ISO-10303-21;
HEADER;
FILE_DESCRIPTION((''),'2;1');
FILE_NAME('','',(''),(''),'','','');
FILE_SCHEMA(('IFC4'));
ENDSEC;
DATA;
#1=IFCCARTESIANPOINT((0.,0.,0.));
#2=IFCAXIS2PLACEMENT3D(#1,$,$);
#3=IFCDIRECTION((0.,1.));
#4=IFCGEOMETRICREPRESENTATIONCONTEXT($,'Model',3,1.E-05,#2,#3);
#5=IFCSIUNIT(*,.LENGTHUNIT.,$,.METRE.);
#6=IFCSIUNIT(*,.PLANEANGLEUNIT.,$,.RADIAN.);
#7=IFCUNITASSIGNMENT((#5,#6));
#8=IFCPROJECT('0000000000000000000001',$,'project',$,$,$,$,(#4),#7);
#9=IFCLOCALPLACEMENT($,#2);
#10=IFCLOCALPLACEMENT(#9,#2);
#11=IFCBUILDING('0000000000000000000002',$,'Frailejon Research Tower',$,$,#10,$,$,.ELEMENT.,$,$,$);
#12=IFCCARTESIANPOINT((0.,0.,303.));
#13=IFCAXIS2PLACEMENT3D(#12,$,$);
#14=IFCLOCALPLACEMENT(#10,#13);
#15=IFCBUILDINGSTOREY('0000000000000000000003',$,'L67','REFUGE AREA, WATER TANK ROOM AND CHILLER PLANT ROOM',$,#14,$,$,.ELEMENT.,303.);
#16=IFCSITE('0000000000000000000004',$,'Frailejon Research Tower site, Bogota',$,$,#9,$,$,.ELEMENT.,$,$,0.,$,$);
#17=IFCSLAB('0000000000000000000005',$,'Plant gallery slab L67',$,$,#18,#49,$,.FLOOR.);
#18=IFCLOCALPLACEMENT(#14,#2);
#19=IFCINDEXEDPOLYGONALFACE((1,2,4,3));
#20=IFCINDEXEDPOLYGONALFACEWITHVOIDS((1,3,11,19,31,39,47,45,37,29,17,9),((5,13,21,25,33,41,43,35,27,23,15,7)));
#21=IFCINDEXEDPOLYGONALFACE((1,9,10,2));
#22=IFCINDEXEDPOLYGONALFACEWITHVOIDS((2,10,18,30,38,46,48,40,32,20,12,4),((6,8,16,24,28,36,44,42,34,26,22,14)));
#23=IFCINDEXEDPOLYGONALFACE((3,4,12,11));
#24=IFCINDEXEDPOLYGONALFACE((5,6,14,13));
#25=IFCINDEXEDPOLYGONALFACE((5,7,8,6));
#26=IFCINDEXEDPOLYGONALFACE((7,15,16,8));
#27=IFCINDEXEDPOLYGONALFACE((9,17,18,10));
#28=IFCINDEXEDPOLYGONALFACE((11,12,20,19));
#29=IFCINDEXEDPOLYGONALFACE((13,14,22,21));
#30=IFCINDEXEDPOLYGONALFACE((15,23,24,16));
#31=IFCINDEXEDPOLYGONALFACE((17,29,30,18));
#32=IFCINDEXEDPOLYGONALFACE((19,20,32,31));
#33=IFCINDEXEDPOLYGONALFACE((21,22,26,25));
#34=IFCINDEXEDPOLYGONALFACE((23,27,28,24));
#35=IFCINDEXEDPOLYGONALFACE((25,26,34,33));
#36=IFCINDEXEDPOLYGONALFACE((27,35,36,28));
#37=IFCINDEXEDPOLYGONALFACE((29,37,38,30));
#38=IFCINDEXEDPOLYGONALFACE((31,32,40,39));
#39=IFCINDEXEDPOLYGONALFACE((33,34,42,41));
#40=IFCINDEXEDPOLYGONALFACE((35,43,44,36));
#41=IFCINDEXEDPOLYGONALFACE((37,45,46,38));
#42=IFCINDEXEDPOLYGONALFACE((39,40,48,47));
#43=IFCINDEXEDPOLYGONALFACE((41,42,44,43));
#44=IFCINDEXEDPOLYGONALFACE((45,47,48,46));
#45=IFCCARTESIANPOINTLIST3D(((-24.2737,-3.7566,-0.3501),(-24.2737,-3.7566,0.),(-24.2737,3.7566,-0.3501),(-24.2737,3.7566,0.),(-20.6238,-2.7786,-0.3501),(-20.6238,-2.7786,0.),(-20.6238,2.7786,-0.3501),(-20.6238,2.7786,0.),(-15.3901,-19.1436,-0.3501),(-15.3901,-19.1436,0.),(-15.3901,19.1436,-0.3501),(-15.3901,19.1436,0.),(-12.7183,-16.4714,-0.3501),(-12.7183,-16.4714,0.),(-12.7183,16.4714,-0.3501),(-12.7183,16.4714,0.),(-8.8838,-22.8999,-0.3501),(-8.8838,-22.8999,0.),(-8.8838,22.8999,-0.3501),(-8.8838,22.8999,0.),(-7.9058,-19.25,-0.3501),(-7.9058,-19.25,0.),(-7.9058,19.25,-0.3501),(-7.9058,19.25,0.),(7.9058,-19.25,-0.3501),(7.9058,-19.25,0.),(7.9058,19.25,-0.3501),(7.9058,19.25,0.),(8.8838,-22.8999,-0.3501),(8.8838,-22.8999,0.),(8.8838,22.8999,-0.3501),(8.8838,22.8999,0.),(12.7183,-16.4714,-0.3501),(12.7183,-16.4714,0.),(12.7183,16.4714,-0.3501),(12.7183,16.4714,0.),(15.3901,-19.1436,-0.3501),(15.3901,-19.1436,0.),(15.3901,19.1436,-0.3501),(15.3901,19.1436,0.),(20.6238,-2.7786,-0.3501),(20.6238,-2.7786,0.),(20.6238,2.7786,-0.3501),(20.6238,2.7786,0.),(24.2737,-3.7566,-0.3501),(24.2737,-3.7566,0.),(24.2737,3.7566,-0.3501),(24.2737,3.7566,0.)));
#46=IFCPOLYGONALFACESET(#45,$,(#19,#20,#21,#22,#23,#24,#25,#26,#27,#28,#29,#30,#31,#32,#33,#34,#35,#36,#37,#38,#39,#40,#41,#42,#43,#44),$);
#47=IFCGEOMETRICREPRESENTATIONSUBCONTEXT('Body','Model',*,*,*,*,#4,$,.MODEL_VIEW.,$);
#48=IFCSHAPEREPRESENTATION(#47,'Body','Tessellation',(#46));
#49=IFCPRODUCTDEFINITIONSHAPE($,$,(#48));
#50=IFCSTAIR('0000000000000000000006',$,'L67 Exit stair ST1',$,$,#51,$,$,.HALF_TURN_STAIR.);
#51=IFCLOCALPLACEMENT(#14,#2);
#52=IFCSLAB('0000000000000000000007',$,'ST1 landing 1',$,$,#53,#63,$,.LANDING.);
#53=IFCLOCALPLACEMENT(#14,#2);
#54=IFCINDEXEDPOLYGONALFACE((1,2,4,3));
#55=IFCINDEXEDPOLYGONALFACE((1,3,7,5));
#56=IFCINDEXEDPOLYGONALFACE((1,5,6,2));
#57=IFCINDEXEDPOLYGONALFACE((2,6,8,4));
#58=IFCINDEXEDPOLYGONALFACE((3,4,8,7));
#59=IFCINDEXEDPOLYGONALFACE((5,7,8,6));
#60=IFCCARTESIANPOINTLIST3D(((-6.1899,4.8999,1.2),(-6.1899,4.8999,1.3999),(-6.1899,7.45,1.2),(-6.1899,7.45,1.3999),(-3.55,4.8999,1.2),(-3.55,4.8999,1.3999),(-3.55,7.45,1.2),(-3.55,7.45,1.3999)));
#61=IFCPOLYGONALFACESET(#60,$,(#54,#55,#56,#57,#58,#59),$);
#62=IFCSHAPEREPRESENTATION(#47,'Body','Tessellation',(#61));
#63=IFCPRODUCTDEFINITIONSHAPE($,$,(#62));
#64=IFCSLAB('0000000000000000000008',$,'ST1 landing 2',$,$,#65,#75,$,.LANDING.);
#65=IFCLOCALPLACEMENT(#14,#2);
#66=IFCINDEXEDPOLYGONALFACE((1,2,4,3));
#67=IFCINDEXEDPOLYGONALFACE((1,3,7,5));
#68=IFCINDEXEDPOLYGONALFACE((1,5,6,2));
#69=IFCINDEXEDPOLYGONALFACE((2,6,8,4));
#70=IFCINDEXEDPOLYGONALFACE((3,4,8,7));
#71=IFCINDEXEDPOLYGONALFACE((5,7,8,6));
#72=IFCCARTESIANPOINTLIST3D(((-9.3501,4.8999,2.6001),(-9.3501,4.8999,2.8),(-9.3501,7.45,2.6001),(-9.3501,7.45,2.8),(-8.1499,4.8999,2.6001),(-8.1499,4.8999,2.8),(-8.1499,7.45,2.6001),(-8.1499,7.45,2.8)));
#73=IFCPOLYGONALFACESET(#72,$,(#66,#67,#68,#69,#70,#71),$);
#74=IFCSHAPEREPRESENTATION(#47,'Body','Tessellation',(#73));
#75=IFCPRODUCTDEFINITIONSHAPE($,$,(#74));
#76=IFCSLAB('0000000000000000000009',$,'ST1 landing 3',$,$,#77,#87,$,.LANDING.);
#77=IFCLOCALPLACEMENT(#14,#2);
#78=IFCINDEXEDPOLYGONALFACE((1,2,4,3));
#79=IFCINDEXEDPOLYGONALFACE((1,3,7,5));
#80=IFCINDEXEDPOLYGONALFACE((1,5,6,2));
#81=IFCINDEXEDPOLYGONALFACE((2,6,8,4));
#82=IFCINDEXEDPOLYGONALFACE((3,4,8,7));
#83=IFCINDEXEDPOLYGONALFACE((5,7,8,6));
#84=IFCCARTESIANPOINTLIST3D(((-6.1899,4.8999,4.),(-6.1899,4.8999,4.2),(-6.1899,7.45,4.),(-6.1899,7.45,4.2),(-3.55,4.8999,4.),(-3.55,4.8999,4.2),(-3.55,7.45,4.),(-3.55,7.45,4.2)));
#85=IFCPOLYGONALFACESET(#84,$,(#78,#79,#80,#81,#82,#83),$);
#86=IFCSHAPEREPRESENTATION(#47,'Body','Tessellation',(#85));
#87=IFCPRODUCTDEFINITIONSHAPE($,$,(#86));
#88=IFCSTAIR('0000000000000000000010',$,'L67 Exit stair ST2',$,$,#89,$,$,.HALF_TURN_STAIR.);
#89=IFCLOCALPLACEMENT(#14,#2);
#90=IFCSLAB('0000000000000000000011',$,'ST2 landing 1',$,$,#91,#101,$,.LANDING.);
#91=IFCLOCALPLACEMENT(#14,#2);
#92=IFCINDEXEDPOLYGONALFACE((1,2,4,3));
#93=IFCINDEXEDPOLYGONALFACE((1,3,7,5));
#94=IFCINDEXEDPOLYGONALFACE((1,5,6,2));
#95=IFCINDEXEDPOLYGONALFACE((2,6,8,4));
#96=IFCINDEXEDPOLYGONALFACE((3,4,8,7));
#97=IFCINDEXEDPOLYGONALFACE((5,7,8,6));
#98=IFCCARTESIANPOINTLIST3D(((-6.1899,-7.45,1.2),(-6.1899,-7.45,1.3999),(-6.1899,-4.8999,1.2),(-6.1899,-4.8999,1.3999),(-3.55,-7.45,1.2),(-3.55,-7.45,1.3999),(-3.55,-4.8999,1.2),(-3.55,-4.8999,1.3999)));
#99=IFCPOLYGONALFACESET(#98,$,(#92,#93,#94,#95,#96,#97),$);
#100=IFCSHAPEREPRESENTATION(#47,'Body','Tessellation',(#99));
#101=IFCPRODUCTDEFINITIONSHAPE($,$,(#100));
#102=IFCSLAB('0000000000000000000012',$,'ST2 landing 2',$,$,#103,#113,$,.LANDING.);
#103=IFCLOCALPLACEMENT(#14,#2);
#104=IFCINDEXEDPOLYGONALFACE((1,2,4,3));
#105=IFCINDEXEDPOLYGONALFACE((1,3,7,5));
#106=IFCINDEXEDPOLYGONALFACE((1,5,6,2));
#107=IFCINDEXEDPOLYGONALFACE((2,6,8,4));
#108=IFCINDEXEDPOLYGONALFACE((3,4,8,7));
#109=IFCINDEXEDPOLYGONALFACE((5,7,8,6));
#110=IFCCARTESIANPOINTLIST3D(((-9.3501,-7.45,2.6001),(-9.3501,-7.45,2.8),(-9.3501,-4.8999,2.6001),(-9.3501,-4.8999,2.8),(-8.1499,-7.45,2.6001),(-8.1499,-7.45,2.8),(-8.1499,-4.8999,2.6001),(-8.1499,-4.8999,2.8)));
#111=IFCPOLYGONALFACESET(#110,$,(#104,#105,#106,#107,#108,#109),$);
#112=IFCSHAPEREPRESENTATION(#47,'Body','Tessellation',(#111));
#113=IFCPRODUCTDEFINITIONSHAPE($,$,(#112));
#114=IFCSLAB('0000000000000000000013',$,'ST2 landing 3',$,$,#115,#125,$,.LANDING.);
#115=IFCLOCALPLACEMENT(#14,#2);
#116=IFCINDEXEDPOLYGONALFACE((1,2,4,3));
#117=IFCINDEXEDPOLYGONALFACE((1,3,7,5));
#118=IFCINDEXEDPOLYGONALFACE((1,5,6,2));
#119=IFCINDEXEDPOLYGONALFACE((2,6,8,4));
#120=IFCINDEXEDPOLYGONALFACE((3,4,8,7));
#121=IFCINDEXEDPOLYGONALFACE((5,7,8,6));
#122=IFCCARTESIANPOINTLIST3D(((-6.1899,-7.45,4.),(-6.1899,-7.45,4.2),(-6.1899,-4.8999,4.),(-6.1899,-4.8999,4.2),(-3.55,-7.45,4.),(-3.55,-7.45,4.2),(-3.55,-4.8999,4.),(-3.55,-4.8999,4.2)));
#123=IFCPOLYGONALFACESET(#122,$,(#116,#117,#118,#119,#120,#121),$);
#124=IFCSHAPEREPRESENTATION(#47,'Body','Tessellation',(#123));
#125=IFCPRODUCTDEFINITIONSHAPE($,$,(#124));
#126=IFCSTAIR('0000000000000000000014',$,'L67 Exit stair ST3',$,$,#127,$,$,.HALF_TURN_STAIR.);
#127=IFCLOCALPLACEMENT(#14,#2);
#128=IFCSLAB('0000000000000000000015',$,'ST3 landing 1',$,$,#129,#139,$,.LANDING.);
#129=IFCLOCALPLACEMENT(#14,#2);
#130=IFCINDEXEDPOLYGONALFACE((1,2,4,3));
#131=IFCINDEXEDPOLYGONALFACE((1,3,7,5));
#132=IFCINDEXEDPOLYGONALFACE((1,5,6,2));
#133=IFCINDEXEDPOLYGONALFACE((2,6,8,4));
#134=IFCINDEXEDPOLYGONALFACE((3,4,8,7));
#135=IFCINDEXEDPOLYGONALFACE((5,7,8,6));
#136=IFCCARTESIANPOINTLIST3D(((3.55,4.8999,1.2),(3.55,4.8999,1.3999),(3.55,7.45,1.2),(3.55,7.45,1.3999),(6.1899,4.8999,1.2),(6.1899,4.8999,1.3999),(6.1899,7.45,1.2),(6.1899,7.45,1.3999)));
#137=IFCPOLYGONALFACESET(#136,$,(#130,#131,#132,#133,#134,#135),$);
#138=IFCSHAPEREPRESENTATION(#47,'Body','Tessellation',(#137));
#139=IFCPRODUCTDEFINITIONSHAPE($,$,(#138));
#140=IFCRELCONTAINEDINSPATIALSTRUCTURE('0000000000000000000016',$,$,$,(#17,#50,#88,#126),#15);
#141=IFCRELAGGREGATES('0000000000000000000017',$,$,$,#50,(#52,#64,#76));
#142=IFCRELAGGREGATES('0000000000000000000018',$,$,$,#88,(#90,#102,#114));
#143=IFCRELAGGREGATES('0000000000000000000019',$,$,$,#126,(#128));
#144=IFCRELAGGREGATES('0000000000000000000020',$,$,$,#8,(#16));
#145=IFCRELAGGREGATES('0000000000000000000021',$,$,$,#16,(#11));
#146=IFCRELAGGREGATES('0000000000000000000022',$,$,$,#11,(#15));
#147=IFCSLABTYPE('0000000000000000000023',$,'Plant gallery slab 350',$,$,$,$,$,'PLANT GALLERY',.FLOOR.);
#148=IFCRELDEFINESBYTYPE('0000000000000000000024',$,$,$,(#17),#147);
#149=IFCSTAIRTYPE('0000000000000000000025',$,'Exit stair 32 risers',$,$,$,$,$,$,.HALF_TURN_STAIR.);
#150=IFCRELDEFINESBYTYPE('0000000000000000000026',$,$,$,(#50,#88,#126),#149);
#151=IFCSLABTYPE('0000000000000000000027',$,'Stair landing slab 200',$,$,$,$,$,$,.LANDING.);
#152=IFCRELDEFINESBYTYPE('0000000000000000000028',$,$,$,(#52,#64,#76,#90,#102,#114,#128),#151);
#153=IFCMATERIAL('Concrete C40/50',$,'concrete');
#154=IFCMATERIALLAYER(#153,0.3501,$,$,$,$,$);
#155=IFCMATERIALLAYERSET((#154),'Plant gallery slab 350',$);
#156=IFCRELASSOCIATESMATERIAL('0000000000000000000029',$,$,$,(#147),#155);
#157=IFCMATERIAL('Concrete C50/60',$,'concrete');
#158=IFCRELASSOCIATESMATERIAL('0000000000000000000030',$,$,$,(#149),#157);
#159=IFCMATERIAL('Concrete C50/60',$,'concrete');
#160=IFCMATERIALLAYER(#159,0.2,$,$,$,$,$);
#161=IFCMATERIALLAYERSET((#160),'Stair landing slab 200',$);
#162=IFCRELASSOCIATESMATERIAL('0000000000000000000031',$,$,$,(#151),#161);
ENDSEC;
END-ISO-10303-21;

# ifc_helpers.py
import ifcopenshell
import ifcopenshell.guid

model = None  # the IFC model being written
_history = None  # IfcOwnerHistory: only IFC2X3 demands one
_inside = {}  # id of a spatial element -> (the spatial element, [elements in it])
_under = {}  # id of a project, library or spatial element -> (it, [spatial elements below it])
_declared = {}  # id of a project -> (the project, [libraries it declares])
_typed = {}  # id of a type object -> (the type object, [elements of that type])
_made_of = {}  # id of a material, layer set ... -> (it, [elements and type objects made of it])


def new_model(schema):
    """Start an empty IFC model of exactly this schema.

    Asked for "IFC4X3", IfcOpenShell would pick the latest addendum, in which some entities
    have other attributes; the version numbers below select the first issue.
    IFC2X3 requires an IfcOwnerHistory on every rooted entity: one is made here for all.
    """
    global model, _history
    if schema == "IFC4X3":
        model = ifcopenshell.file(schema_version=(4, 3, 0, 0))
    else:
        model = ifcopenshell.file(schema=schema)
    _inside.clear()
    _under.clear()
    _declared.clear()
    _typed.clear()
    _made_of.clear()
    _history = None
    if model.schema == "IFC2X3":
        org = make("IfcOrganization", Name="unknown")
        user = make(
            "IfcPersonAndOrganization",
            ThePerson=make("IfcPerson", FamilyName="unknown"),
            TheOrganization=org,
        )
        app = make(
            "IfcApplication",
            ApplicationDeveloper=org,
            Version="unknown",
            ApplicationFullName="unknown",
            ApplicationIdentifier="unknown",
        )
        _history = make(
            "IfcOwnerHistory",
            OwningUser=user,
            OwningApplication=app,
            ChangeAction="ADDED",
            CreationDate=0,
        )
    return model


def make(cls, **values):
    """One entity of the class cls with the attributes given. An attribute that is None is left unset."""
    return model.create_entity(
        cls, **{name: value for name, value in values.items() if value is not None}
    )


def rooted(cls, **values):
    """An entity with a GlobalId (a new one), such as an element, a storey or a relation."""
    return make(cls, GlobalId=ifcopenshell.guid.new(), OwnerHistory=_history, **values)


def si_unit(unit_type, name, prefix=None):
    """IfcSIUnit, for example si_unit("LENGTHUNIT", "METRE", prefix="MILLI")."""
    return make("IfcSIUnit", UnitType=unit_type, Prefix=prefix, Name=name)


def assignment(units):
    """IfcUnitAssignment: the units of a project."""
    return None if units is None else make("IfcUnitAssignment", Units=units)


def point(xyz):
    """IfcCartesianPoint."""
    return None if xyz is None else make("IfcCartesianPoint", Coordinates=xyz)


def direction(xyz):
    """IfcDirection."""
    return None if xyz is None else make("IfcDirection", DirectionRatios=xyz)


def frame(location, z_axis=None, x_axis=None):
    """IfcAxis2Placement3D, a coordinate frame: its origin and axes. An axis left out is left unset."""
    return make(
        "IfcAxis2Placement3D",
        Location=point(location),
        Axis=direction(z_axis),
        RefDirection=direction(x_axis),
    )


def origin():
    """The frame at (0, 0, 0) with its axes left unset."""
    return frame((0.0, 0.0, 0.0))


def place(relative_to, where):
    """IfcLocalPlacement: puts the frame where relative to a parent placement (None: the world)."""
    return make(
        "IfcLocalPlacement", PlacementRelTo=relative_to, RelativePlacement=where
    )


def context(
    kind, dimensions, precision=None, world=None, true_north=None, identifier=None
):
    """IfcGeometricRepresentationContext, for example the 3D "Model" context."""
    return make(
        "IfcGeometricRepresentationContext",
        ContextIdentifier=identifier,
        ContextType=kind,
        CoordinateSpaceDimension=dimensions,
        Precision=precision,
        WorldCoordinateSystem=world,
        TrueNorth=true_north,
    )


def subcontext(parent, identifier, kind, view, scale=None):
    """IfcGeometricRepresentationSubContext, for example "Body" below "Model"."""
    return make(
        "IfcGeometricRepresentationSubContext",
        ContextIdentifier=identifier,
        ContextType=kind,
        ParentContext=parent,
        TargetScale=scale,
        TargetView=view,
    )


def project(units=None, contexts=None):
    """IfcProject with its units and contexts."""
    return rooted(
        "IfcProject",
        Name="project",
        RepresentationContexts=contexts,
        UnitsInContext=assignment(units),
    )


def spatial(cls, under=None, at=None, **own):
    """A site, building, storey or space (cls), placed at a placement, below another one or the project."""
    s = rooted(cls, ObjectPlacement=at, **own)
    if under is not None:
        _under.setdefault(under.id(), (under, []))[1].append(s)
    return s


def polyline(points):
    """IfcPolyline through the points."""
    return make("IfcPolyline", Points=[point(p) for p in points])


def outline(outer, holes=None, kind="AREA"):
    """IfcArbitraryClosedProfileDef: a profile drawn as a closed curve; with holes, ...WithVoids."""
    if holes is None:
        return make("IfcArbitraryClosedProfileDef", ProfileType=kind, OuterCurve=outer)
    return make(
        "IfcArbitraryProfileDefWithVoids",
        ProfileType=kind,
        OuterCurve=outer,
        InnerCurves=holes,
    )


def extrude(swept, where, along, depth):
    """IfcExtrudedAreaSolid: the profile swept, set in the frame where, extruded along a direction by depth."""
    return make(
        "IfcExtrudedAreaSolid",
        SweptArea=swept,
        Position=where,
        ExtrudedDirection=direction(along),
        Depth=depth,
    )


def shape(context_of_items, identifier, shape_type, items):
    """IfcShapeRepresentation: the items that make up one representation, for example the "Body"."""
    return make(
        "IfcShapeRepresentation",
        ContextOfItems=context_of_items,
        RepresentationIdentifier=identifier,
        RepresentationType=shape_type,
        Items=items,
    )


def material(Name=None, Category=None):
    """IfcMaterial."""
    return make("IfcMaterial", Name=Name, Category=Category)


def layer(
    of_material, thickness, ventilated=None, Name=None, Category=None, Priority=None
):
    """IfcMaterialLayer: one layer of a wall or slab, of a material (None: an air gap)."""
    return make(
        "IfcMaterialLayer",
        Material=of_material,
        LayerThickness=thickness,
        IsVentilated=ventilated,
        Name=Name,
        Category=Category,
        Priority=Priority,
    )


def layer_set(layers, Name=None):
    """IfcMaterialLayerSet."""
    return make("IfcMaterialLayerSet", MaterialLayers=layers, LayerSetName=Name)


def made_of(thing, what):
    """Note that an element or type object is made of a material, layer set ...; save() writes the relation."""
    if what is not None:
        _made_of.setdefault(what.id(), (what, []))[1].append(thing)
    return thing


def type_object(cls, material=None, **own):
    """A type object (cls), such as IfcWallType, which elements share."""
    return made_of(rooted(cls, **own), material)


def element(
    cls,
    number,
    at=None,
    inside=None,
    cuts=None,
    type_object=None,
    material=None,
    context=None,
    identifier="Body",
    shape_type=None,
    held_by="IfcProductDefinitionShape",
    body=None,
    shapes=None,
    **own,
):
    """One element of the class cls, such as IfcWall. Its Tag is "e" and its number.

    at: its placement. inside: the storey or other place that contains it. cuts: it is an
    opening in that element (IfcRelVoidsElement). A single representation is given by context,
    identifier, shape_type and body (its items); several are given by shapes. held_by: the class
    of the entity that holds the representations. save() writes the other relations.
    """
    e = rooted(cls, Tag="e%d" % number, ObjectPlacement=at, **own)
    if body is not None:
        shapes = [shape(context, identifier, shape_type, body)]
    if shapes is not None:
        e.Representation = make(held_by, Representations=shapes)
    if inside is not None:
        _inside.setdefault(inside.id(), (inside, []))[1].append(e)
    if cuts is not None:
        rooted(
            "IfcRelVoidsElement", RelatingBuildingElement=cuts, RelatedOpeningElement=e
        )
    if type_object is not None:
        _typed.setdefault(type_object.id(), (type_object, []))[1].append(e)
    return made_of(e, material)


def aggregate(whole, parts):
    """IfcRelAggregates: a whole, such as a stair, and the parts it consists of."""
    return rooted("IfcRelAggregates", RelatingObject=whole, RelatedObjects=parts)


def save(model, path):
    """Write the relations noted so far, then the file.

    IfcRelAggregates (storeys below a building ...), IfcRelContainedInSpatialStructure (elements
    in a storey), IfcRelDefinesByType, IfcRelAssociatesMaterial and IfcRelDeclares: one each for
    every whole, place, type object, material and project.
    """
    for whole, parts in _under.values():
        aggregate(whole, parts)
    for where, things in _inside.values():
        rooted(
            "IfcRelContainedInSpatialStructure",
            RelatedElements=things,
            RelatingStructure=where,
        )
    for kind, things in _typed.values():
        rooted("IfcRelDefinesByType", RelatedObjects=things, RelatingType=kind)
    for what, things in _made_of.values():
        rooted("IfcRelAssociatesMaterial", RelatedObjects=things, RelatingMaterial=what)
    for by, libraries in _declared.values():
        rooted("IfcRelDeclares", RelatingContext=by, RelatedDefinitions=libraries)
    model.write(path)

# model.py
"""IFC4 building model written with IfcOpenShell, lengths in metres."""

from ifc_helpers import new_model, si_unit, direction, frame, origin, place, context, subcontext, project, spatial, polyline, outline, extrude, material, layer, layer_set, type_object, element, aggregate, save


model = new_model("IFC4")

# Units and contexts
model_context = context("Model", 3, precision=1e-05, world=origin(), true_north=direction((0.0, 1.0)))
body_context = subcontext(model_context, "Body", "Model", "MODEL_VIEW")
ifc_project = project(units=[si_unit("LENGTHUNIT", "METRE"), si_unit("PLANEANGLEUNIT", "RADIAN")], contexts=[model_context])

# Site, building, storey
site_placement = place(None, origin())
site = spatial("IfcSite", under=ifc_project, at=site_placement, Name="Frailejon Research Tower site, Bogota", CompositionType="ELEMENT", RefElevation=0.0)
building_placement = place(site_placement, origin())
building = spatial("IfcBuilding", under=site, at=building_placement, Name="Frailejon Research Tower", CompositionType="ELEMENT")
storey_placement = place(building_placement, frame((0.0, 0.0, 303.0)))
storey = spatial("IfcBuildingStorey", under=building, at=storey_placement, Name="L67", Description="REFUGE AREA, WATER TANK ROOM AND CHILLER PLANT ROOM", CompositionType="ELEMENT", Elevation=303.0)

# Slab
ifc_material_1 = material(Name="Concrete C40/50", Category="concrete")
ifc_layer_1 = layer(ifc_material_1, 0.3501)
ifc_layer_set_1 = layer_set([ifc_layer_1], Name="Plant gallery slab 350")
slab_type_1 = type_object("IfcSlabType", Name="Plant gallery slab 350", ElementType="PLANT GALLERY", PredefinedType="FLOOR", material=ifc_layer_set_1)
slab_1_placement = place(storey_placement, frame((0.0, 0.0, -0.3501)))
element("IfcSlab", 1, at=slab_1_placement, inside=storey, type_object=slab_type_1, Name="Plant gallery slab L67", PredefinedType="FLOOR", context=body_context, shape_type="SweptSolid", body=[
    extrude(outline(polyline([(15.3901, -19.1436), (8.8838, -22.8999), (-8.8838, -22.8999), (-15.3901, -19.1436), (-24.2737, -3.7566), (-24.2737, 3.7566), (-15.3901, 19.1436), (-8.8838, 22.8999), (8.8838, 22.8999), (15.3901, 19.1436), (24.2737, 3.7566), (24.2737, -3.7566), (15.3901, -19.1436)]), holes=[polyline([(20.6238, 2.7786), (12.7183, 16.4714), (7.9058, 19.25), (-7.9058, 19.25), (-12.7183, 16.4714), (-20.6238, 2.7786), (-20.6238, -2.7786), (-12.7183, -16.4714), (-7.9058, -19.25), (7.9058, -19.25), (12.7183, -16.4714), (20.6238, -2.7786), (20.6238, 2.7786)])]), origin(), (0.0, 0.0, 1.0), 0.3501),
])

# Stairs, slabs
ifc_material_2 = material(Name="Concrete C50/60", Category="concrete")
stair_type = type_object("IfcStairType", Name="Exit stair 32 risers", PredefinedType="HALF_TURN_STAIR", material=ifc_material_2)
stair_1_placement = place(storey_placement, origin())
stair_1 = element("IfcStair", 2, at=stair_1_placement, inside=storey, type_object=stair_type, Name="L67 Exit stair ST1", PredefinedType="HALF_TURN_STAIR")
ifc_material_3 = material(Name="Concrete C50/60", Category="concrete")
ifc_layer_2 = layer(ifc_material_3, 0.2)
ifc_layer_set_2 = layer_set([ifc_layer_2], Name="Stair landing slab 200")
slab_type_2 = type_object("IfcSlabType", Name="Stair landing slab 200", PredefinedType="LANDING", material=ifc_layer_set_2)
slab_2_placement = place(storey_placement, frame((0.0, 0.0, 1.2)))
slab_2 = element("IfcSlab", 3, at=slab_2_placement, type_object=slab_type_2, Name="ST1 landing 1", PredefinedType="LANDING", context=body_context, shape_type="SweptSolid", body=[
    extrude(outline(polyline([(-6.1899, 4.8999), (-3.55, 4.8999), (-3.55, 7.45), (-6.1899, 7.45), (-6.1899, 4.8999)])), origin(), (0.0, 0.0, 1.0), 0.2),
])
slab_3_placement = place(storey_placement, frame((0.0, 0.0, 2.6001)))
slab_3 = element("IfcSlab", 4, at=slab_3_placement, type_object=slab_type_2, Name="ST1 landing 2", PredefinedType="LANDING", context=body_context, shape_type="SweptSolid", body=[
    extrude(outline(polyline([(-9.3501, 4.8999), (-8.1499, 4.8999), (-8.1499, 7.45), (-9.3501, 7.45), (-9.3501, 4.8999)])), origin(), (0.0, 0.0, 1.0), 0.2),
])
slab_4_placement = place(storey_placement, frame((0.0, 0.0, 4.0)))
slab_4 = element("IfcSlab", 5, at=slab_4_placement, type_object=slab_type_2, Name="ST1 landing 3", PredefinedType="LANDING", context=body_context, shape_type="SweptSolid", body=[
    extrude(outline(polyline([(-6.1899, 4.8999), (-3.55, 4.8999), (-3.55, 7.45), (-6.1899, 7.45), (-6.1899, 4.8999)])), origin(), (0.0, 0.0, 1.0), 0.2),
])
aggregate(stair_1, [slab_2, slab_3, slab_4])
stair_2_placement = place(storey_placement, origin())
stair_2 = element("IfcStair", 6, at=stair_2_placement, inside=storey, type_object=stair_type, Name="L67 Exit stair ST2", PredefinedType="HALF_TURN_STAIR")
slab_5_placement = place(storey_placement, frame((0.0, 0.0, 1.2)))
slab_5 = element("IfcSlab", 7, at=slab_5_placement, type_object=slab_type_2, Name="ST2 landing 1", PredefinedType="LANDING", context=body_context, shape_type="SweptSolid", body=[
    extrude(outline(polyline([(-6.1899, -7.45), (-3.55, -7.45), (-3.55, -4.8999), (-6.1899, -4.8999), (-6.1899, -7.45)])), origin(), (0.0, 0.0, 1.0), 0.2),
])
slab_6_placement = place(storey_placement, frame((0.0, 0.0, 2.6001)))
slab_6 = element("IfcSlab", 8, at=slab_6_placement, type_object=slab_type_2, Name="ST2 landing 2", PredefinedType="LANDING", context=body_context, shape_type="SweptSolid", body=[
    extrude(outline(polyline([(-9.3501, -7.45), (-8.1499, -7.45), (-8.1499, -4.8999), (-9.3501, -4.8999), (-9.3501, -7.45)])), origin(), (0.0, 0.0, 1.0), 0.2),
])
slab_7_placement = place(storey_placement, frame((0.0, 0.0, 4.0)))
slab_7 = element("IfcSlab", 9, at=slab_7_placement, type_object=slab_type_2, Name="ST2 landing 3", PredefinedType="LANDING", context=body_context, shape_type="SweptSolid", body=[
    extrude(outline(polyline([(-6.1899, -7.45), (-3.55, -7.45), (-3.55, -4.8999), (-6.1899, -4.8999), (-6.1899, -7.45)])), origin(), (0.0, 0.0, 1.0), 0.2),
])
aggregate(stair_2, [slab_5, slab_6, slab_7])

# Stair, slab
stair_3_placement = place(storey_placement, origin())
stair_3 = element("IfcStair", 10, at=stair_3_placement, inside=storey, type_object=stair_type, Name="L67 Exit stair ST3", PredefinedType="HALF_TURN_STAIR")
slab_8_placement = place(storey_placement, frame((0.0, 0.0, 1.2)))
slab_8 = element("IfcSlab", 11, at=slab_8_placement, type_object=slab_type_2, Name="ST3 landing 1", PredefinedType="LANDING", context=body_context, shape_type="SweptSolid", body=[
    extrude(outline(polyline([(6.1899, 7.45), (3.55, 7.45), (3.55, 4.8999), (6.1899, 4.8999), (6.1899, 7.45)])), origin(), (0.0, 0.0, 1.0), 0.2),
])
aggregate(stair_3, [slab_8])

save(model, "model.ifc")
